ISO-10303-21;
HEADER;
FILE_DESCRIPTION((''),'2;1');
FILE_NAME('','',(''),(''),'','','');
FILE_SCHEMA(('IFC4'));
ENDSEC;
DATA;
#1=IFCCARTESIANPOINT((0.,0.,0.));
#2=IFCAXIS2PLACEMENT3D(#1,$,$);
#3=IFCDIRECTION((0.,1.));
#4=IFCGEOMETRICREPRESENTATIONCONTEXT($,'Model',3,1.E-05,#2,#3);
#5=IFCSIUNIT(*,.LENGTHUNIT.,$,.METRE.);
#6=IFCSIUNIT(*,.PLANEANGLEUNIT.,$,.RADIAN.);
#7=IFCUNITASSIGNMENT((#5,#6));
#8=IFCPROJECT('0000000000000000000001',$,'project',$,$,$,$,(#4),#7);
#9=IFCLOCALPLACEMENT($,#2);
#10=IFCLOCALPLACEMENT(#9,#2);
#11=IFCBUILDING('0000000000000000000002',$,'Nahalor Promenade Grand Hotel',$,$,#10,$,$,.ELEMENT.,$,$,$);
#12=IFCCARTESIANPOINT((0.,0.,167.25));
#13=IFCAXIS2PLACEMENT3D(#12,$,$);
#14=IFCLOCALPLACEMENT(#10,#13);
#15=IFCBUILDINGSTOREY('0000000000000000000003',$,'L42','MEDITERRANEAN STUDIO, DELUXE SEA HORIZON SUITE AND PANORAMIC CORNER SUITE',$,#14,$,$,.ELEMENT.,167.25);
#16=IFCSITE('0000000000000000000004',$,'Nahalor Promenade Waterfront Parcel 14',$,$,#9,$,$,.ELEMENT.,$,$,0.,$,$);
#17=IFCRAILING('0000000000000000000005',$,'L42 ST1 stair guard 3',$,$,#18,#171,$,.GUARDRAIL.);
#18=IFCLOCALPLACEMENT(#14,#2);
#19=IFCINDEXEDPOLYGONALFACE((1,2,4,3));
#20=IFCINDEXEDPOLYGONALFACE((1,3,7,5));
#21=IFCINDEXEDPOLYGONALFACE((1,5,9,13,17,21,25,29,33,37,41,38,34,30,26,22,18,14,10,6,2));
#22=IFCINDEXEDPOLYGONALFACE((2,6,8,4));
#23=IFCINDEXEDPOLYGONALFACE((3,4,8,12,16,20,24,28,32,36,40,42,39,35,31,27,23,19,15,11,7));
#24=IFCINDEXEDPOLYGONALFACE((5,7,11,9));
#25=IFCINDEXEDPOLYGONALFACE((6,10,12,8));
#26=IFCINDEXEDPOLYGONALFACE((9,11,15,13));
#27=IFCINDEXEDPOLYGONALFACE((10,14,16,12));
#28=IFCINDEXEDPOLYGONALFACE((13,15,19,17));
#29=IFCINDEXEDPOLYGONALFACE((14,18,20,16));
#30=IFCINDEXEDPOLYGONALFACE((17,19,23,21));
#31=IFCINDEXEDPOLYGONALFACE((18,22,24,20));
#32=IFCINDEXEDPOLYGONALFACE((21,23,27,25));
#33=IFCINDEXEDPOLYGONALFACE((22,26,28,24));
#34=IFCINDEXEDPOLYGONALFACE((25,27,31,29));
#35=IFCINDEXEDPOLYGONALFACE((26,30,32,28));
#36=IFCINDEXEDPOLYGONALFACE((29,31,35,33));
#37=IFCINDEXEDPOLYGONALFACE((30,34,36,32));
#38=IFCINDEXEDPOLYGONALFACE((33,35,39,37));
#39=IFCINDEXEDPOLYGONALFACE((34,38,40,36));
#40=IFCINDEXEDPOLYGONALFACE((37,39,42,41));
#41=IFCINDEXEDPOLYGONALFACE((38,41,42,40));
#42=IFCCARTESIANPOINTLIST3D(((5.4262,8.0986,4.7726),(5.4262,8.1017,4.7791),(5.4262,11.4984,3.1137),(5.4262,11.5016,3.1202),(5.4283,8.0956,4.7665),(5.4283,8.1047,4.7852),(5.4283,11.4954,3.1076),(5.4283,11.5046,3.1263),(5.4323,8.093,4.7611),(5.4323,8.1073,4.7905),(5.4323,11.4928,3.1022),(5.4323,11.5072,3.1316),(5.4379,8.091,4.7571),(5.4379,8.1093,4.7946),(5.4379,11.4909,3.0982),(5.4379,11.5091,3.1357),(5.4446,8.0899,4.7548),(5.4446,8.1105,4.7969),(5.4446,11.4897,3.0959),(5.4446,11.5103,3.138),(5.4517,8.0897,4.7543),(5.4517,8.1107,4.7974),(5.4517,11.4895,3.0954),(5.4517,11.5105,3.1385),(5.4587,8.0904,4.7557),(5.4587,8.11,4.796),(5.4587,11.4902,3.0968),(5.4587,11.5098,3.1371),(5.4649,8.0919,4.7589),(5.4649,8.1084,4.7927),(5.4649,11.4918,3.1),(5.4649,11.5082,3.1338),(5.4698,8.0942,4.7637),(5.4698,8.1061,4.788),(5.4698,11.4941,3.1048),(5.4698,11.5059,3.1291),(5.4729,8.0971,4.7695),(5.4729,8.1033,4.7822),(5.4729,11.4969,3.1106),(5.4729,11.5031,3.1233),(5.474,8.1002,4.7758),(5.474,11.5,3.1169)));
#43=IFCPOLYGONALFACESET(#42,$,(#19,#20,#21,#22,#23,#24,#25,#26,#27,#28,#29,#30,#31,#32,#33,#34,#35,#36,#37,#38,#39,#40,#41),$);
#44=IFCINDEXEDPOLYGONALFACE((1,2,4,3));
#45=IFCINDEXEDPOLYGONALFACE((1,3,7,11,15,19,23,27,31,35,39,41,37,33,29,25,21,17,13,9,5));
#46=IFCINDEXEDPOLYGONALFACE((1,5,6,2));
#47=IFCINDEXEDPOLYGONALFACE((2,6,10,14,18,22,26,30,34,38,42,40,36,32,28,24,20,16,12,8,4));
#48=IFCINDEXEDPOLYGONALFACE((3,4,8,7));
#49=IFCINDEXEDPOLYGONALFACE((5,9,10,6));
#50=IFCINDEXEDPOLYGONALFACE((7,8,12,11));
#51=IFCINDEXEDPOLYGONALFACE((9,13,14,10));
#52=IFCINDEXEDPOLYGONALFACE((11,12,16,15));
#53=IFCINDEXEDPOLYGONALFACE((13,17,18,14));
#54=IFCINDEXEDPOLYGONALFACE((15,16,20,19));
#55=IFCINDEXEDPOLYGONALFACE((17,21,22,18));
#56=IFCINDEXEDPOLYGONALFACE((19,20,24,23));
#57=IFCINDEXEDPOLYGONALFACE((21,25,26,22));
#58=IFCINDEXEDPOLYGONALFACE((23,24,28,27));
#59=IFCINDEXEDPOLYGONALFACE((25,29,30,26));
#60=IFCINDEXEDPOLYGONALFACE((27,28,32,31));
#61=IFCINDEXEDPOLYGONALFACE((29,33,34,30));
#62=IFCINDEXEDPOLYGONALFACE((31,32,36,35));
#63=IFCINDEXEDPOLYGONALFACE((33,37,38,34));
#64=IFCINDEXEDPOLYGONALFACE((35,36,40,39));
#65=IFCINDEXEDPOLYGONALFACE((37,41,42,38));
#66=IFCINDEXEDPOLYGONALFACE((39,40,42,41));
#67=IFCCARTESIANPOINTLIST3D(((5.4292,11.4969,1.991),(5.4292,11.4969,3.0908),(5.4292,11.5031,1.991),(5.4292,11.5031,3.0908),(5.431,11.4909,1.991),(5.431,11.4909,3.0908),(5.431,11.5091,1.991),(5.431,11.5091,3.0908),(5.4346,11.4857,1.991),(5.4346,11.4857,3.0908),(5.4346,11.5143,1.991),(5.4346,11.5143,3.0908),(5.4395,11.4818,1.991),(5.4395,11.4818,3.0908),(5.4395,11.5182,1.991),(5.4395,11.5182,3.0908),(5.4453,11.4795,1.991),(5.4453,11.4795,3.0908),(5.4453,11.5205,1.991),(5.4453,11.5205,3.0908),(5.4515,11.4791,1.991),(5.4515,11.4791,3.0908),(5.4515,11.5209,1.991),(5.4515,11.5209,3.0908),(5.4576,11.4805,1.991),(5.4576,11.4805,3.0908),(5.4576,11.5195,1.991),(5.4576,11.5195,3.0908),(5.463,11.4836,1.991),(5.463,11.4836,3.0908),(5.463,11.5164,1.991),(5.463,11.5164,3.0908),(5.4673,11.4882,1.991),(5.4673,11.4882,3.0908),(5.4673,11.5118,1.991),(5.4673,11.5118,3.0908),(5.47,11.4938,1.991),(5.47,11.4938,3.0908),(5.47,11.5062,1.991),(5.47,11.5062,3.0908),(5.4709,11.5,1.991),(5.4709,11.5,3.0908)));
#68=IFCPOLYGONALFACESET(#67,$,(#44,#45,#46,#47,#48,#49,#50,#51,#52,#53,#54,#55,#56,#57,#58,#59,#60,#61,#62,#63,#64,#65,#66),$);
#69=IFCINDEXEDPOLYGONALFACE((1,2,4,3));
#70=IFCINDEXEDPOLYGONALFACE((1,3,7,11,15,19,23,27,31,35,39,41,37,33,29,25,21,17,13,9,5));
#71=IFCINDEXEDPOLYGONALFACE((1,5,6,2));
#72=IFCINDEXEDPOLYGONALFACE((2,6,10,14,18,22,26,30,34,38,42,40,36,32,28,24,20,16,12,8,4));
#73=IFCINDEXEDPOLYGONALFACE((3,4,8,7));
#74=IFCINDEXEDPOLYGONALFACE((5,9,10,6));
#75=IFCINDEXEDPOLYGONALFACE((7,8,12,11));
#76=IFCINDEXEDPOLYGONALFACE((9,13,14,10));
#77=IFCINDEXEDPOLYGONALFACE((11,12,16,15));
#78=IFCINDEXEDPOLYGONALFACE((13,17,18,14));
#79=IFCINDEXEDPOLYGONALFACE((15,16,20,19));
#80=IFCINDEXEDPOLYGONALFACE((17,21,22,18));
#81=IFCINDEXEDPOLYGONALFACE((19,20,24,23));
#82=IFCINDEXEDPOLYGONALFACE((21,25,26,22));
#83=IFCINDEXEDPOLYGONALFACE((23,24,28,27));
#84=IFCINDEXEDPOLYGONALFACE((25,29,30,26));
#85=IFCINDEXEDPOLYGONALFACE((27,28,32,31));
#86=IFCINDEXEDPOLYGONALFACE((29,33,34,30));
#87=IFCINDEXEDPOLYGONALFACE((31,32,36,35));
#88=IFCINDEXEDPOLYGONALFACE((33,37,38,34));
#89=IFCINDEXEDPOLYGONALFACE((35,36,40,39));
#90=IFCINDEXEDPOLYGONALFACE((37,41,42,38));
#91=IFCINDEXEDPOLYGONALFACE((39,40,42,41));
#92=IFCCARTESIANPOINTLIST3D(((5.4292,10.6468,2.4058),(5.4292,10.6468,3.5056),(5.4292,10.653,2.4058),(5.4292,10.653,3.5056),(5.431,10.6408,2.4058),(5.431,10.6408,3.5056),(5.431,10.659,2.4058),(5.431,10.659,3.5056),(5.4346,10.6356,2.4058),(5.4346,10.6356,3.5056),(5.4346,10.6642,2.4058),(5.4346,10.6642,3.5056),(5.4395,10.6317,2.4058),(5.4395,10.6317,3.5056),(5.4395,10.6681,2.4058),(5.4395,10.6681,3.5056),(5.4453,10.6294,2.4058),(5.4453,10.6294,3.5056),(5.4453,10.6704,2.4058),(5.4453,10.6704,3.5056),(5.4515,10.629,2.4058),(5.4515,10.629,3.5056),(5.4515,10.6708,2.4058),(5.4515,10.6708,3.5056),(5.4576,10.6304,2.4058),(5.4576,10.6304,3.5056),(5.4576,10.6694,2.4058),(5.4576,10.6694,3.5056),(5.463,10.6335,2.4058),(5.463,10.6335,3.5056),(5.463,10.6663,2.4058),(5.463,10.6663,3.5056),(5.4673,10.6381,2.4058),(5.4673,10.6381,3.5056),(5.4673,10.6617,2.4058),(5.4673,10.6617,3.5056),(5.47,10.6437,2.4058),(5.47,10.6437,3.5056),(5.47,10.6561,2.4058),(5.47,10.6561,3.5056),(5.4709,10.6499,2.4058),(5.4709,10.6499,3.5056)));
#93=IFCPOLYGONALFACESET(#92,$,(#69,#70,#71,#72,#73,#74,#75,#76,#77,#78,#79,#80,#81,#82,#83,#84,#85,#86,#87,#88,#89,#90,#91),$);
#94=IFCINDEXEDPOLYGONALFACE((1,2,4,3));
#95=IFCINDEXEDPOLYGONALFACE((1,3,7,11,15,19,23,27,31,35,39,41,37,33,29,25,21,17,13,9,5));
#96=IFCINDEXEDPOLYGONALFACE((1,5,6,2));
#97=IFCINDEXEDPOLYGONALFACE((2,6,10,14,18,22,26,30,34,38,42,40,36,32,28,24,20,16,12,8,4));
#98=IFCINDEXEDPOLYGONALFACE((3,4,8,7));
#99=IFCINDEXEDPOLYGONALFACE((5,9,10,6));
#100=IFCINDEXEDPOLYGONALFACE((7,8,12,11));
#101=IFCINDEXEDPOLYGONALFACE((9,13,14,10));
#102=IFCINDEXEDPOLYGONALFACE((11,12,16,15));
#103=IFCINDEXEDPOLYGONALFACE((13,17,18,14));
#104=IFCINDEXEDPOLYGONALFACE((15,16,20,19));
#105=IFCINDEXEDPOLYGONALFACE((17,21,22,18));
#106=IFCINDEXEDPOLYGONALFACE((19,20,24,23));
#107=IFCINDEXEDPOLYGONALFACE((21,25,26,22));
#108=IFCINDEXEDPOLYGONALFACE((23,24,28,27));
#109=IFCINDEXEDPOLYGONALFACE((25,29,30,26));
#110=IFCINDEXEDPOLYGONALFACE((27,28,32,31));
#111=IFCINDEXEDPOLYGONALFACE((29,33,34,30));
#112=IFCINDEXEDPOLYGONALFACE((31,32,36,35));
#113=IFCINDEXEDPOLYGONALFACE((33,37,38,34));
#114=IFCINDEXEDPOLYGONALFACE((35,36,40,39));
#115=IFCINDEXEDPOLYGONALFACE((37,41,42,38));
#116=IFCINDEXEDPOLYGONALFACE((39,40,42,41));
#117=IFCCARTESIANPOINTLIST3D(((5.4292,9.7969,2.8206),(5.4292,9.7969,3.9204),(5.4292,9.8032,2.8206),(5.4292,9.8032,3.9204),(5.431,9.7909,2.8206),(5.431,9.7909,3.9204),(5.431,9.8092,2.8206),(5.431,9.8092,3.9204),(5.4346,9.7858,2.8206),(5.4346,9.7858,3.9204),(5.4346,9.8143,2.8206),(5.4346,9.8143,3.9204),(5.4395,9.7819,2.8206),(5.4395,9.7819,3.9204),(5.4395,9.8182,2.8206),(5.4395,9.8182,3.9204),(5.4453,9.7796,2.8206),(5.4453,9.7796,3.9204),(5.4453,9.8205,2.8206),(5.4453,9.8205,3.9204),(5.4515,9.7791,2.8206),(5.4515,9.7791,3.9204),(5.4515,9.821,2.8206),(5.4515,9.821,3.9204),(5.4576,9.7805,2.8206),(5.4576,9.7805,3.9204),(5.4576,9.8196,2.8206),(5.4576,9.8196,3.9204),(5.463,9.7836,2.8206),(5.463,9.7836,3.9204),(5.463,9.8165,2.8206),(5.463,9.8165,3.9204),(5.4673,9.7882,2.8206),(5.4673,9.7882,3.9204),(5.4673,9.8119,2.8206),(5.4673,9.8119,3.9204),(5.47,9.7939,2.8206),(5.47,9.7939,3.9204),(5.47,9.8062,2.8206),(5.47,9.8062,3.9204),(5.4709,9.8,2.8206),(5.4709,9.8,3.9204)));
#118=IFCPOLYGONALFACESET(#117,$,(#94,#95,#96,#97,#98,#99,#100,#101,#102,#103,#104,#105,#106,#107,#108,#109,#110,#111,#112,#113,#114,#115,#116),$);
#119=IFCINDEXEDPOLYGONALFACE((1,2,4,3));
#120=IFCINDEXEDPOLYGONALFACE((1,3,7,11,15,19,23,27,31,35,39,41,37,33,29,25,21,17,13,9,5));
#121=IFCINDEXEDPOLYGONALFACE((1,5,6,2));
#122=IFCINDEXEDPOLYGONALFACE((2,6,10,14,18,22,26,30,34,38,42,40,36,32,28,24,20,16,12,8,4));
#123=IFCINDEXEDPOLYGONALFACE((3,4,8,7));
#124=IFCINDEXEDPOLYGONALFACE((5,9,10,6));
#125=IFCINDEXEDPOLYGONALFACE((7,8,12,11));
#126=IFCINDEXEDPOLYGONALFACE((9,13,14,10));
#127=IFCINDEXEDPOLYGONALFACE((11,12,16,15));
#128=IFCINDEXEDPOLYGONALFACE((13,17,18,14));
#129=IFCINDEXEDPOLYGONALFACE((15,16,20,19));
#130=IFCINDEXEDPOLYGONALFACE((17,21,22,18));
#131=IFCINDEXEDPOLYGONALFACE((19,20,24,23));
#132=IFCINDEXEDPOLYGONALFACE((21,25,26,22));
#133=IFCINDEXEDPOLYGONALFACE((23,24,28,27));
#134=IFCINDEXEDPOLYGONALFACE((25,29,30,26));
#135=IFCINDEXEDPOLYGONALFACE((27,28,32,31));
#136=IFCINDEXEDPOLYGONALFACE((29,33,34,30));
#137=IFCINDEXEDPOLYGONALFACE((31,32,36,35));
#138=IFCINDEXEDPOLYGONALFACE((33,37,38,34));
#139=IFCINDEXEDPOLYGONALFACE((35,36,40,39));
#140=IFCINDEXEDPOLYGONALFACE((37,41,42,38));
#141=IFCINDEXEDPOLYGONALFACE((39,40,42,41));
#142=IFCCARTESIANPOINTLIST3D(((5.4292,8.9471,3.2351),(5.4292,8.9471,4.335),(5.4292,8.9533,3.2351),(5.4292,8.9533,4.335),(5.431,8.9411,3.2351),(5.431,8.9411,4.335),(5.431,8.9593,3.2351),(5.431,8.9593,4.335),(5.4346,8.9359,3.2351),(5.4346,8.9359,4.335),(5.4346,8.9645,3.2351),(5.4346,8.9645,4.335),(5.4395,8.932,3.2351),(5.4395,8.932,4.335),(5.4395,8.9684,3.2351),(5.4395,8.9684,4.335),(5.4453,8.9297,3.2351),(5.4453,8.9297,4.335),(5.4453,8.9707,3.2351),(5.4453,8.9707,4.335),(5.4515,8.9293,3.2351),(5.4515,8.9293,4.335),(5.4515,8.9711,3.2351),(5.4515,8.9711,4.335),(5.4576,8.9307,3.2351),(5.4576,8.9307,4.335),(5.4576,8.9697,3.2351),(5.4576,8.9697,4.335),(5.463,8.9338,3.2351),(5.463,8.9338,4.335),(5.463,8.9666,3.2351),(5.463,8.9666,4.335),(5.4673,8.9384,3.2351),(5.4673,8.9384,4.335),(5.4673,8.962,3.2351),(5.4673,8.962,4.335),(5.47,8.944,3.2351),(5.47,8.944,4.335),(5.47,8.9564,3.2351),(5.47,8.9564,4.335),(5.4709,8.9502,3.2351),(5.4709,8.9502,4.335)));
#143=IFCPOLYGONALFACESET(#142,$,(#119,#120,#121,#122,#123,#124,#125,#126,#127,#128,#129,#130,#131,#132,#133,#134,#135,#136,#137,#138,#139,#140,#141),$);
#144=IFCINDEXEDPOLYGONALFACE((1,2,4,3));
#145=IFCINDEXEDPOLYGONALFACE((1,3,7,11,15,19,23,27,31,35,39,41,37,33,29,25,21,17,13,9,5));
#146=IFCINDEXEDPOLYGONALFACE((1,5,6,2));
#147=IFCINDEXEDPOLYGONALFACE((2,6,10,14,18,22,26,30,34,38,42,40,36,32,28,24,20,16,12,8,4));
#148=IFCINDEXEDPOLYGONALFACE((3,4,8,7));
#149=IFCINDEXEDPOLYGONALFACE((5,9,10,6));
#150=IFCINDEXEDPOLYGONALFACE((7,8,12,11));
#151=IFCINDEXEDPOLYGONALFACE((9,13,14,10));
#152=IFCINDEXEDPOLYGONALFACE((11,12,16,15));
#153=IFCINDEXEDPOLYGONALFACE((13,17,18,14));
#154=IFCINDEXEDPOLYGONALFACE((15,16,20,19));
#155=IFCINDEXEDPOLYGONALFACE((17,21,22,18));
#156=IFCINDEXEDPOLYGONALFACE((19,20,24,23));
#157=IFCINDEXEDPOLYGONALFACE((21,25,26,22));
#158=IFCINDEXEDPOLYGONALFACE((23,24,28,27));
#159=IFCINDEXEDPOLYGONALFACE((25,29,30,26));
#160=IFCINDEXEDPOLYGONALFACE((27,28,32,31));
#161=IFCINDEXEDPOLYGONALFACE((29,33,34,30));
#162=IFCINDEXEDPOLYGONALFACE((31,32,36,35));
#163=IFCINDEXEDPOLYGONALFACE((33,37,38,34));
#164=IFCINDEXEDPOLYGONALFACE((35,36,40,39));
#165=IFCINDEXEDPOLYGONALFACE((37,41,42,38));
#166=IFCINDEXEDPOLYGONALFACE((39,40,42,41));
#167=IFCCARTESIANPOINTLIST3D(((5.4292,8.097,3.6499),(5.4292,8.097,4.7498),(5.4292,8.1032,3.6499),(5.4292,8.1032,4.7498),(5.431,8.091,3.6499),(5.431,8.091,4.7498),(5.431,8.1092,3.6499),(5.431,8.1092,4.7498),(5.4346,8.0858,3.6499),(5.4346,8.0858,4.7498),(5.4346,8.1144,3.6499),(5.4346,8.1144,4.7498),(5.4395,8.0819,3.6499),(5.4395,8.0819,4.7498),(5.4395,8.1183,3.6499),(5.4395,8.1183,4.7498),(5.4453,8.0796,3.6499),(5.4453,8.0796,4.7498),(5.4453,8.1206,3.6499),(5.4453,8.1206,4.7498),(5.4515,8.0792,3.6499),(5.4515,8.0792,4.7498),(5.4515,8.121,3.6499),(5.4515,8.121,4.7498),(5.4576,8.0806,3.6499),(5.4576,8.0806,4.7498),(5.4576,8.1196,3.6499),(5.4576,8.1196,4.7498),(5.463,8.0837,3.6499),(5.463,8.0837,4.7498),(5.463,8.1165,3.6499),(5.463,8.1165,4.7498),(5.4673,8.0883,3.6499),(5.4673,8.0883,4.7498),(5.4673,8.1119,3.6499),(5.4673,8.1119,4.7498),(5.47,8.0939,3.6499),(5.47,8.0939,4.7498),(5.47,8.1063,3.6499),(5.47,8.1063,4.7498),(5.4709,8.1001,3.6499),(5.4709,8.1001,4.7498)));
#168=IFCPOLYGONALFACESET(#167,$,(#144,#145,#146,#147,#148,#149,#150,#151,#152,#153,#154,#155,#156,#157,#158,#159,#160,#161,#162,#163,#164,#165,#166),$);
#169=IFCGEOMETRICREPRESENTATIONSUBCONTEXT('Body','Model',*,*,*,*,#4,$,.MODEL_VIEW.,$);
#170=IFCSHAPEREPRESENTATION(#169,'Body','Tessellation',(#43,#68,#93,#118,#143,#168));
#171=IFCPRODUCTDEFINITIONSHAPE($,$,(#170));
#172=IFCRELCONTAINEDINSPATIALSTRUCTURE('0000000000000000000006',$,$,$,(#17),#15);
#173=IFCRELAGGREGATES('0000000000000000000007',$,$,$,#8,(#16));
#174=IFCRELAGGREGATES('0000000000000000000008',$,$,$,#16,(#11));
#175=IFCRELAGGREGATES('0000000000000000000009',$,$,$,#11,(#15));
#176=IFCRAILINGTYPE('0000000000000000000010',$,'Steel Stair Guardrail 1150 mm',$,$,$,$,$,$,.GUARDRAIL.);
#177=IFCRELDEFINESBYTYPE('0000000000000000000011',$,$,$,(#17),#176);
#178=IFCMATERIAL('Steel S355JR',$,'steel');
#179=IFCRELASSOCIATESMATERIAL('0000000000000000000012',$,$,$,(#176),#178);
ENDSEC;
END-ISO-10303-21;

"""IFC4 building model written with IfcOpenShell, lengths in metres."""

from ifc_helpers import new_model, si_unit, direction, frame, origin, origin_2d, place, context, subcontext, project, spatial, circle, extrude, material, type_object, element, save


model = new_model("IFC4")

# Units and contexts
model_context = context("Model", 3, precision=1e-05, world=origin(), true_north=direction((0.0, 1.0)))
body_context = subcontext(model_context, "Body", "Model", "MODEL_VIEW")
ifc_project = project(units=[si_unit("LENGTHUNIT", "METRE"), si_unit("PLANEANGLEUNIT", "RADIAN")], contexts=[model_context])

# Site, building, storey
site_placement = place(None, origin())
site = spatial("IfcSite", under=ifc_project, at=site_placement, Name="Nahalor Promenade Waterfront Parcel 14", CompositionType="ELEMENT", RefElevation=0.0)
building_placement = place(site_placement, origin())
building = spatial("IfcBuilding", under=site, at=building_placement, Name="Nahalor Promenade Grand Hotel", CompositionType="ELEMENT")
storey_placement = place(building_placement, frame((0.0, 0.0, 167.25)))
storey = spatial("IfcBuildingStorey", under=building, at=storey_placement, Name="L42", Description="MEDITERRANEAN STUDIO, DELUXE SEA HORIZON SUITE AND PANORAMIC CORNER SUITE", CompositionType="ELEMENT", Elevation=167.25)

# Shared definitions
ifc_material_1 = material(Name="Steel S355JR", Category="steel")

# Railing
railing_type_1 = type_object("IfcRailingType", Name="Steel Stair Guardrail 1150 mm", PredefinedType="GUARDRAIL", material=ifc_material_1)
railing_1_placement = place(storey_placement, frame((5.45, 11.5, 1.991)))
element("IfcRailing", 1, at=railing_1_placement, inside=storey, type_object=railing_type_1, Name="L42 ST1 stair guard 3", PredefinedType="GUARDRAIL", context=body_context, shape_type="SweptSolid", body=[
    extrude(circle(Radius=0.024, at=origin_2d()), frame((0.0, 0.0, 1.126), z_axis=(0.0, -0.898722, 0.438519), x_axis=(1.0, 0.0, 0.0)), (0.0, 0.0, 1.0), 3.783),
    extrude(circle(Radius=0.021, at=origin_2d()), origin(), (0.0, 0.0, 1.0), 1.0999),
    extrude(circle(Radius=0.021, at=origin_2d()), frame((0.0, -0.8501, 0.4148)), (0.0, 0.0, 1.0), 1.0999),
    extrude(circle(Radius=0.021, at=origin_2d()), frame((0.0, -1.7, 0.8296)), (0.0, 0.0, 1.0), 1.0999),
    extrude(circle(Radius=0.021, at=origin_2d()), frame((0.0, -2.5498, 1.2441)), (0.0, 0.0, 1.0), 1.0999),
    extrude(circle(Radius=0.021, at=origin_2d()), frame((0.0, -3.3999, 1.6589)), (0.0, 0.0, 1.0), 1.0999),
])

save(model, "model.ifc")
